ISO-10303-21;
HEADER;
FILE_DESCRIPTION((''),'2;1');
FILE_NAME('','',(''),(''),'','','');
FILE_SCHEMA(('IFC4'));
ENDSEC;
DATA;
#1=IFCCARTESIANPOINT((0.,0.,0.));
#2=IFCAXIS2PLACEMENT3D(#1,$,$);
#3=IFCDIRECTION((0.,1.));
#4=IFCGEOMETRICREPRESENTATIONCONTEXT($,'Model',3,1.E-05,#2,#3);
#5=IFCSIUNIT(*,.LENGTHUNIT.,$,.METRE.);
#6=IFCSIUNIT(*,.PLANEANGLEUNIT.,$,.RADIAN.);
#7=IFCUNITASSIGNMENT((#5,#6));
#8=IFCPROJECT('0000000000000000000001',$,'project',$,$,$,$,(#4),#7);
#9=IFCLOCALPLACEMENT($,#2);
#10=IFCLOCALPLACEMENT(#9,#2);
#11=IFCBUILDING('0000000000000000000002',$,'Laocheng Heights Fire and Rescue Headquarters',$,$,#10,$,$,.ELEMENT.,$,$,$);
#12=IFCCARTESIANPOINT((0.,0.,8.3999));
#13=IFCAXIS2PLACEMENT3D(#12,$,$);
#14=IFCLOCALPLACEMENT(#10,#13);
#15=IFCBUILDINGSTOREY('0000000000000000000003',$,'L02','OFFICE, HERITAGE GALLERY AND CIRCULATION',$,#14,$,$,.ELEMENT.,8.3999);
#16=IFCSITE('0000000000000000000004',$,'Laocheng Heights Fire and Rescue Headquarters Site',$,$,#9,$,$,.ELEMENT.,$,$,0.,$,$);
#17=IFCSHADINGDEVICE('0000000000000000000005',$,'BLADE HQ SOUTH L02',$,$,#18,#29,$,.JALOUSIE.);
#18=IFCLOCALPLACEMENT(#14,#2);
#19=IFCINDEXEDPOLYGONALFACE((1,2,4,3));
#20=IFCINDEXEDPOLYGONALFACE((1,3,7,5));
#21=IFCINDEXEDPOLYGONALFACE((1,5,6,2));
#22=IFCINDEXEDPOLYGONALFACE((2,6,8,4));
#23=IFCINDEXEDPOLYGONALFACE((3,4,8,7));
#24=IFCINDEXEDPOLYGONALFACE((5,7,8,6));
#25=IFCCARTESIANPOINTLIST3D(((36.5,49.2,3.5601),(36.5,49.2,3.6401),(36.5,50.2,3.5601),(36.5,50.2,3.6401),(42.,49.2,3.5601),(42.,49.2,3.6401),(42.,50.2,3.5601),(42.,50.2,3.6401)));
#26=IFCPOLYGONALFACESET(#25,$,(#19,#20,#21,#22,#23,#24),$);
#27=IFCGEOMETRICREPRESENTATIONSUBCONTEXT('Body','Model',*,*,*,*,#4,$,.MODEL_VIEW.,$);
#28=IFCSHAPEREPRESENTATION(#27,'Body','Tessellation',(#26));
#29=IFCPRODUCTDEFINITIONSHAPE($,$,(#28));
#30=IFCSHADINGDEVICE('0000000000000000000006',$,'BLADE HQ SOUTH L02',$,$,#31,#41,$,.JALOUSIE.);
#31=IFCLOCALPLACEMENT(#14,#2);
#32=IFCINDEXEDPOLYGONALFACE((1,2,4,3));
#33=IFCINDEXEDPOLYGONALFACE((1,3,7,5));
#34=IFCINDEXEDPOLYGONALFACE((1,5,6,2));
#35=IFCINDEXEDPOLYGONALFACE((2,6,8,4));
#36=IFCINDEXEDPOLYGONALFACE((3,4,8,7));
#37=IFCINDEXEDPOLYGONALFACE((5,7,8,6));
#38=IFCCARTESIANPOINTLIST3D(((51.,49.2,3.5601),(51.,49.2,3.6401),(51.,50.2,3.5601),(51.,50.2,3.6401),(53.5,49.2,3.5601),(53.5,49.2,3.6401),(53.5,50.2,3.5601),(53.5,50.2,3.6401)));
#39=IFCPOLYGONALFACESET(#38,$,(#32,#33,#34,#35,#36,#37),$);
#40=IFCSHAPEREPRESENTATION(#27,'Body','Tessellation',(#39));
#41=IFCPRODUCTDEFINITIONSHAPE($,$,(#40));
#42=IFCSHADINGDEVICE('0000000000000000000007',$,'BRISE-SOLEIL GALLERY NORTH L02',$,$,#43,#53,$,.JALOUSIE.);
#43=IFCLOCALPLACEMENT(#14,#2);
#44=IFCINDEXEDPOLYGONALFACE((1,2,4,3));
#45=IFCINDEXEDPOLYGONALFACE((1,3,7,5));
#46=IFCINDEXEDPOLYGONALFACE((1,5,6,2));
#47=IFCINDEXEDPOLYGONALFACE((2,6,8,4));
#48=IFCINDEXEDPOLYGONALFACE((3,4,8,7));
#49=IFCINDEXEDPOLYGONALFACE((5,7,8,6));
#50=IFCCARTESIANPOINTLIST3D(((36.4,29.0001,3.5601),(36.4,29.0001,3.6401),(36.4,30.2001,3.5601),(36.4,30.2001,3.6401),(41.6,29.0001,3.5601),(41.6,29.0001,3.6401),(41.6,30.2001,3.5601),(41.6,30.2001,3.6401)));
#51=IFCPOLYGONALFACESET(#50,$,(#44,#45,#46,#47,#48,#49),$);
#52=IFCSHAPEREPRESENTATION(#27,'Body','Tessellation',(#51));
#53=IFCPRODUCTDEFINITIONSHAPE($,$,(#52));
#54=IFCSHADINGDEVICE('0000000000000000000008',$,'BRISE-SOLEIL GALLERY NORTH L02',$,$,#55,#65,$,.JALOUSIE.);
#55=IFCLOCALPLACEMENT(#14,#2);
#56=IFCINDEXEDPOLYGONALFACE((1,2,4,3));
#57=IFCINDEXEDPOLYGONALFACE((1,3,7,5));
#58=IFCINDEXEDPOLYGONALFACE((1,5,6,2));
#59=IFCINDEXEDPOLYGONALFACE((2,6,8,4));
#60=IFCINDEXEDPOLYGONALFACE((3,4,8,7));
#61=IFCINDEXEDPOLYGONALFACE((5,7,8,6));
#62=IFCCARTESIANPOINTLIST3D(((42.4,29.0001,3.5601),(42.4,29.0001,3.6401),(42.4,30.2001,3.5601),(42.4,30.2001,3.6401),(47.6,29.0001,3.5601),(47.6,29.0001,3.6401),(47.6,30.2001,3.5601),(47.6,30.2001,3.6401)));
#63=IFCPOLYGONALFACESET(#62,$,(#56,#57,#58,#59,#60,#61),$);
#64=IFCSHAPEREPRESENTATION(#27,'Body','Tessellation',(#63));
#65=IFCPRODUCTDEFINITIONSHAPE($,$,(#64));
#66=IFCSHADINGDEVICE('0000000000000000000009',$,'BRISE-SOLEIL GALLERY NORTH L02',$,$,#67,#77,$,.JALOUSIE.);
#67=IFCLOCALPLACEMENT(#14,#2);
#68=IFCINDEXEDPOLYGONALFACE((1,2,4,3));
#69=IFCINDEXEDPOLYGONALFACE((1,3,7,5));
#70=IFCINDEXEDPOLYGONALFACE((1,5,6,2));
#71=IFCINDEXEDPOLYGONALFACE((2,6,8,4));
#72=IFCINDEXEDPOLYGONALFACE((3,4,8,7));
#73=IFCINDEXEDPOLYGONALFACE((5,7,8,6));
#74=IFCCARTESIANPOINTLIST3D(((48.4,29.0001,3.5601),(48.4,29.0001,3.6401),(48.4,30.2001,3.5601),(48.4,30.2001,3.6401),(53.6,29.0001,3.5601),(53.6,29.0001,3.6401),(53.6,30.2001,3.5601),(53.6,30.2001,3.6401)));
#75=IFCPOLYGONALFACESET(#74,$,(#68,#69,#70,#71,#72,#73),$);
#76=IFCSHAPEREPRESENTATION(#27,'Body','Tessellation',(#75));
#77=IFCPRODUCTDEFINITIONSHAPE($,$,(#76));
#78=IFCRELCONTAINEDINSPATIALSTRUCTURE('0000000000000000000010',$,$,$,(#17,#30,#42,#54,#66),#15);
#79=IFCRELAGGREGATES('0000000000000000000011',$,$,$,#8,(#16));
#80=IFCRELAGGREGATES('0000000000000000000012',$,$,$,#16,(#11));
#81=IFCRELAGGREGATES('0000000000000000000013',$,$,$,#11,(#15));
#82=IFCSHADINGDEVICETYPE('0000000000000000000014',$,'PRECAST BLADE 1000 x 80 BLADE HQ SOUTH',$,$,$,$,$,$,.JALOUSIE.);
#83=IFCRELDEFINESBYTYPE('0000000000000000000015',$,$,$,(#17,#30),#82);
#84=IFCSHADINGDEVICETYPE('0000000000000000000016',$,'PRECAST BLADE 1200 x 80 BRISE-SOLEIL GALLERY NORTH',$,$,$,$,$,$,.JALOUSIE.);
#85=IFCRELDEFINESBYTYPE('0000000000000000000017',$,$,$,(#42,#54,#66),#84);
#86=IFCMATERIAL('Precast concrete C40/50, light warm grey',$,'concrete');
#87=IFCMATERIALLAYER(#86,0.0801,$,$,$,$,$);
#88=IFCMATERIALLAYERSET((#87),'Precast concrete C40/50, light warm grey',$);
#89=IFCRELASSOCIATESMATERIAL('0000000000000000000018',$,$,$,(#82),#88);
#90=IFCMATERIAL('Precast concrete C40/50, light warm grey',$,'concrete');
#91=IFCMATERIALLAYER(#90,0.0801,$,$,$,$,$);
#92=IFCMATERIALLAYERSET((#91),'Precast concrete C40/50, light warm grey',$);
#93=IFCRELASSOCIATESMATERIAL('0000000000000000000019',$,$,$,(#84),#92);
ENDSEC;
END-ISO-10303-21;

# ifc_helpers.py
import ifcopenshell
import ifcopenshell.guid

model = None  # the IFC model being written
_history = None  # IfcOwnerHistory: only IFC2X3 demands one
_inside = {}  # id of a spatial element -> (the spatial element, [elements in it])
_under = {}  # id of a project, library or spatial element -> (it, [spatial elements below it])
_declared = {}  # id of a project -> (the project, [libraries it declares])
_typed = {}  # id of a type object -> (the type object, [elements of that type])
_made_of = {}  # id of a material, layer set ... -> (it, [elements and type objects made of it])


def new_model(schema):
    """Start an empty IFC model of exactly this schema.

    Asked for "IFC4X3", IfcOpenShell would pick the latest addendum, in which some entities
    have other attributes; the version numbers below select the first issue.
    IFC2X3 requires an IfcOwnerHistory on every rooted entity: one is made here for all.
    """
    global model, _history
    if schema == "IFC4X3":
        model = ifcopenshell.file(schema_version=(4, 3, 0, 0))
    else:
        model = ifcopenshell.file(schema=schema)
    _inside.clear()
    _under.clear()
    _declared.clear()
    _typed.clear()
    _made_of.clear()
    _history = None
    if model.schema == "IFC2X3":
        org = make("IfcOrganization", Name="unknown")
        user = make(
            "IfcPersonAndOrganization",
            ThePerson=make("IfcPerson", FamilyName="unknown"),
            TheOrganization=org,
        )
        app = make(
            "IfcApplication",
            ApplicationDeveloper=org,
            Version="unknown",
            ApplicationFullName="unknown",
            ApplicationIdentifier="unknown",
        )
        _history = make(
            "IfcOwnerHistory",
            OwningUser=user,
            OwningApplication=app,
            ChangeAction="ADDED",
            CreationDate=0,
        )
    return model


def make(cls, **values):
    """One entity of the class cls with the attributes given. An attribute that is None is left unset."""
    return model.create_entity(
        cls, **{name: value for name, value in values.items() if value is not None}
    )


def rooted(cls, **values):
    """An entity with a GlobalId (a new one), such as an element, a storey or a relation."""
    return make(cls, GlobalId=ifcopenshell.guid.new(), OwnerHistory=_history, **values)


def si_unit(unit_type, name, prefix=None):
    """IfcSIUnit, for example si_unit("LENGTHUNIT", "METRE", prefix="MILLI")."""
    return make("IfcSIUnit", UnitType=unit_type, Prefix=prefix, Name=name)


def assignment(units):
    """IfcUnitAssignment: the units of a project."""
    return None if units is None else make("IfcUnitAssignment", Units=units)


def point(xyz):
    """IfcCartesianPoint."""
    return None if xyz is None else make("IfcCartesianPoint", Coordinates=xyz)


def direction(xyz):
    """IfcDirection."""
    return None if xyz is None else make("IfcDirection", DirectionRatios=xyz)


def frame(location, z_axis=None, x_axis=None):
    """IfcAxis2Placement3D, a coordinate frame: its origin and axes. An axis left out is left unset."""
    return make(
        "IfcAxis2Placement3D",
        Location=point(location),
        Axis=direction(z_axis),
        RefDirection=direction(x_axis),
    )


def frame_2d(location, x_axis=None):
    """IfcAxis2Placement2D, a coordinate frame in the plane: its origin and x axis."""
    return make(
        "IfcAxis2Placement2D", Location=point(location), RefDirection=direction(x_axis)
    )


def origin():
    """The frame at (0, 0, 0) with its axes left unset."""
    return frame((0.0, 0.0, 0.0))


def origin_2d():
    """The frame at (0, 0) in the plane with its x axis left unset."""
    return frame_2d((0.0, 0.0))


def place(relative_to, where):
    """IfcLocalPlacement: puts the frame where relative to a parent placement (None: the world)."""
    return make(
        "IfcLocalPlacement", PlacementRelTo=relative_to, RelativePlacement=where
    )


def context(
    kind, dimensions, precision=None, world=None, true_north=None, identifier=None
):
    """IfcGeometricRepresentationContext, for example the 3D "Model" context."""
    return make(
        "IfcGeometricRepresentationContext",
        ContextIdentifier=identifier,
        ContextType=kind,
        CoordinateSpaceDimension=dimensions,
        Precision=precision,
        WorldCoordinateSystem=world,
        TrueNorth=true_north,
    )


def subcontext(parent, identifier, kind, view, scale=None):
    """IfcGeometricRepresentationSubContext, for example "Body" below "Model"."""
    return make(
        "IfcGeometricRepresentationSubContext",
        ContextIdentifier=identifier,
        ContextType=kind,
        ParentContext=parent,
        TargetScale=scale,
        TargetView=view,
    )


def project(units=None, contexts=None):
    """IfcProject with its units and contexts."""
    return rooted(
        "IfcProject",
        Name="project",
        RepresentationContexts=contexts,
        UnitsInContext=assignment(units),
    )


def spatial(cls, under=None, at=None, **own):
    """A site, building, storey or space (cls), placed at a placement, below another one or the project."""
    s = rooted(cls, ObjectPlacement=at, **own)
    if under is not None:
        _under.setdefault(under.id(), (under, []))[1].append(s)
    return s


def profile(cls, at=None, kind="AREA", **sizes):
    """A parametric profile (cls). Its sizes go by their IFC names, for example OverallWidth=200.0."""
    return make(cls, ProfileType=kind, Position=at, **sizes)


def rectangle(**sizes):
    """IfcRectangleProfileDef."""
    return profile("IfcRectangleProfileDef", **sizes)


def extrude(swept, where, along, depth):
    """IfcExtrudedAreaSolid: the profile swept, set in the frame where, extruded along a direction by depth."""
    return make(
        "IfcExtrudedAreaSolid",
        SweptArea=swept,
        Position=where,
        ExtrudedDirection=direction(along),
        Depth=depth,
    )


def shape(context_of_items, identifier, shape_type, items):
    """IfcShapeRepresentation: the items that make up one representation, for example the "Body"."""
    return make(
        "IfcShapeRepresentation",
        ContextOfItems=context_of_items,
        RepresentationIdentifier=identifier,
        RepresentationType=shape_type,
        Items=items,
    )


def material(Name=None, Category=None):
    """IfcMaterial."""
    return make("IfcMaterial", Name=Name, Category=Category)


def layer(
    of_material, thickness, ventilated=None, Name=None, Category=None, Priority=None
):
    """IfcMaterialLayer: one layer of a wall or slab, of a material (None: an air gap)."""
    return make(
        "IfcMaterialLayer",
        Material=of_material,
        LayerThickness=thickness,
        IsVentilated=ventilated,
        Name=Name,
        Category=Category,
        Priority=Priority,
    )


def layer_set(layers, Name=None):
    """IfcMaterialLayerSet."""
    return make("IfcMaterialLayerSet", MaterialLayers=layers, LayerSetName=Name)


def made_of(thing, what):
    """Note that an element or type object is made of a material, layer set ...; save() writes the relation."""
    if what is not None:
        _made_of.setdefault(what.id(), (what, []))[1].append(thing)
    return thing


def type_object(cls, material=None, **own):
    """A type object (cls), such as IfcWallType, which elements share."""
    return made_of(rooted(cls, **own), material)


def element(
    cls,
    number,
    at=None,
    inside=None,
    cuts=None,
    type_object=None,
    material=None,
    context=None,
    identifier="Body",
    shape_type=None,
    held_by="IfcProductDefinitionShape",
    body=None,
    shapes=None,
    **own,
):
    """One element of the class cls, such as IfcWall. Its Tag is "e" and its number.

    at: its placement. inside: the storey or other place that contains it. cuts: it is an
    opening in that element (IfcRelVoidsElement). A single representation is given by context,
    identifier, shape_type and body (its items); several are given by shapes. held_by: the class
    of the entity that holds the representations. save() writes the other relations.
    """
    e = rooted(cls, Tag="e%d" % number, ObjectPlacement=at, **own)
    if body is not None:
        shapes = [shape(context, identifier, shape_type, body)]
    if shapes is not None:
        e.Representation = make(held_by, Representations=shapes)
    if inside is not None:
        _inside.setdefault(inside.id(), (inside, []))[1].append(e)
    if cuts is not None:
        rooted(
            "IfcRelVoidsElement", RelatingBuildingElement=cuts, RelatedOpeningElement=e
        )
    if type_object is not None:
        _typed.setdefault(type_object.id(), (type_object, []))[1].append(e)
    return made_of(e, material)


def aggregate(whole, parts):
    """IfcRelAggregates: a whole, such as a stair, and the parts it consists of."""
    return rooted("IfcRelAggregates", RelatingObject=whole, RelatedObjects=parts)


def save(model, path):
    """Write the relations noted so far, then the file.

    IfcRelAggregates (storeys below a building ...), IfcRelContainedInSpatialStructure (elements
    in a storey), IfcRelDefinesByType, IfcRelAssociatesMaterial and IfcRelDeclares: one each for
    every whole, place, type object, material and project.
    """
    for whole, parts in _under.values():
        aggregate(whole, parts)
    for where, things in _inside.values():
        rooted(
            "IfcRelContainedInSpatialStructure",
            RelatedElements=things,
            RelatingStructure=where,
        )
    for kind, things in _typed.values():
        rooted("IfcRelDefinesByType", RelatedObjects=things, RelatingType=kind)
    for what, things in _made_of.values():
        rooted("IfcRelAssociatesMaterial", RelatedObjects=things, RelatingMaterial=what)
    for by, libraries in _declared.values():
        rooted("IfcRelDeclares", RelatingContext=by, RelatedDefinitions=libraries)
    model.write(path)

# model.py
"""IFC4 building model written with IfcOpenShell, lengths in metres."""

from ifc_helpers import new_model, si_unit, direction, frame, origin, origin_2d, place, context, subcontext, project, spatial, rectangle, extrude, material, layer, layer_set, type_object, element, save


model = new_model("IFC4")

# Units and contexts
model_context = context("Model", 3, precision=1e-05, world=origin(), true_north=direction((0.0, 1.0)))
body_context = subcontext(model_context, "Body", "Model", "MODEL_VIEW")
ifc_project = project(units=[si_unit("LENGTHUNIT", "METRE"), si_unit("PLANEANGLEUNIT", "RADIAN")], contexts=[model_context])

# Site, building, storey
site_placement = place(None, origin())
site = spatial("IfcSite", under=ifc_project, at=site_placement, Name="Laocheng Heights Fire and Rescue Headquarters Site", CompositionType="ELEMENT", RefElevation=0.0)
building_placement = place(site_placement, origin())
building = spatial("IfcBuilding", under=site, at=building_placement, Name="Laocheng Heights Fire and Rescue Headquarters", CompositionType="ELEMENT")
storey_placement = place(building_placement, frame((0.0, 0.0, 8.3999)))
storey = spatial("IfcBuildingStorey", under=building, at=storey_placement, Name="L02", Description="OFFICE, HERITAGE GALLERY AND CIRCULATION", CompositionType="ELEMENT", Elevation=8.3999)

# Shading devices
ifc_material_1 = material(Name="Precast concrete C40/50, light warm grey", Category="concrete")
ifc_layer_1 = layer(ifc_material_1, 0.0801)
ifc_layer_set_1 = layer_set([ifc_layer_1], Name="Precast concrete C40/50, light warm grey")
shading_device_type_1 = type_object("IfcShadingDeviceType", Name="PRECAST BLADE 1000 x 80 BLADE HQ SOUTH", PredefinedType="JALOUSIE", material=ifc_layer_set_1)
shading_device_1_placement = place(storey_placement, frame((39.25, 49.7, 3.5601), z_axis=(0.0, 0.0, 1.0), x_axis=(1.0, 0.0, 0.0)))
element("IfcShadingDevice", 1, at=shading_device_1_placement, inside=storey, type_object=shading_device_type_1, Name="BLADE HQ SOUTH L02", PredefinedType="JALOUSIE", context=body_context, shape_type="SweptSolid", body=[
    extrude(rectangle(XDim=5.5, YDim=1.0, at=origin_2d()), origin(), (0.0, 0.0, 1.0), 0.0801),
])
shading_device_2_placement = place(storey_placement, frame((52.25, 49.7, 3.5601), z_axis=(0.0, 0.0, 1.0), x_axis=(1.0, 0.0, 0.0)))
element("IfcShadingDevice", 2, at=shading_device_2_placement, inside=storey, type_object=shading_device_type_1, Name="BLADE HQ SOUTH L02", PredefinedType="JALOUSIE", context=body_context, shape_type="SweptSolid", body=[
    extrude(rectangle(XDim=2.5, YDim=1.0, at=origin_2d()), origin(), (0.0, 0.0, 1.0), 0.0801),
])
ifc_material_2 = material(Name="Precast concrete C40/50, light warm grey", Category="concrete")
ifc_layer_2 = layer(ifc_material_2, 0.0801)
ifc_layer_set_2 = layer_set([ifc_layer_2], Name="Precast concrete C40/50, light warm grey")
shading_device_type_2 = type_object("IfcShadingDeviceType", Name="PRECAST BLADE 1200 x 80 BRISE-SOLEIL GALLERY NORTH", PredefinedType="JALOUSIE", material=ifc_layer_set_2)
for number, where, z_axis, x_axis, name in (
    (3, (39.0, 29.6001, 3.5601), (0.0, 0.0, 1.0), (1.0, 0.0, 0.0), "BRISE-SOLEIL GALLERY NORTH L02"),
    (4, (45.0, 29.6001, 3.5601), (0.0, 0.0, 1.0), (1.0, 0.0, 0.0), "BRISE-SOLEIL GALLERY NORTH L02"),
    (5, (51.0, 29.6001, 3.5601), (0.0, 0.0, 1.0), (1.0, 0.0, 0.0), "BRISE-SOLEIL GALLERY NORTH L02"),
):
    element("IfcShadingDevice", number, at=place(storey_placement, frame(where, z_axis=z_axis, x_axis=x_axis)), inside=storey, type_object=shading_device_type_2, Name=name, PredefinedType="JALOUSIE", context=body_context, shape_type="SweptSolid", body=[
        extrude(rectangle(XDim=5.2, YDim=1.2, at=origin_2d()), origin(), (0.0, 0.0, 1.0), 0.0801),
    ])

save(model, "model.ifc")
